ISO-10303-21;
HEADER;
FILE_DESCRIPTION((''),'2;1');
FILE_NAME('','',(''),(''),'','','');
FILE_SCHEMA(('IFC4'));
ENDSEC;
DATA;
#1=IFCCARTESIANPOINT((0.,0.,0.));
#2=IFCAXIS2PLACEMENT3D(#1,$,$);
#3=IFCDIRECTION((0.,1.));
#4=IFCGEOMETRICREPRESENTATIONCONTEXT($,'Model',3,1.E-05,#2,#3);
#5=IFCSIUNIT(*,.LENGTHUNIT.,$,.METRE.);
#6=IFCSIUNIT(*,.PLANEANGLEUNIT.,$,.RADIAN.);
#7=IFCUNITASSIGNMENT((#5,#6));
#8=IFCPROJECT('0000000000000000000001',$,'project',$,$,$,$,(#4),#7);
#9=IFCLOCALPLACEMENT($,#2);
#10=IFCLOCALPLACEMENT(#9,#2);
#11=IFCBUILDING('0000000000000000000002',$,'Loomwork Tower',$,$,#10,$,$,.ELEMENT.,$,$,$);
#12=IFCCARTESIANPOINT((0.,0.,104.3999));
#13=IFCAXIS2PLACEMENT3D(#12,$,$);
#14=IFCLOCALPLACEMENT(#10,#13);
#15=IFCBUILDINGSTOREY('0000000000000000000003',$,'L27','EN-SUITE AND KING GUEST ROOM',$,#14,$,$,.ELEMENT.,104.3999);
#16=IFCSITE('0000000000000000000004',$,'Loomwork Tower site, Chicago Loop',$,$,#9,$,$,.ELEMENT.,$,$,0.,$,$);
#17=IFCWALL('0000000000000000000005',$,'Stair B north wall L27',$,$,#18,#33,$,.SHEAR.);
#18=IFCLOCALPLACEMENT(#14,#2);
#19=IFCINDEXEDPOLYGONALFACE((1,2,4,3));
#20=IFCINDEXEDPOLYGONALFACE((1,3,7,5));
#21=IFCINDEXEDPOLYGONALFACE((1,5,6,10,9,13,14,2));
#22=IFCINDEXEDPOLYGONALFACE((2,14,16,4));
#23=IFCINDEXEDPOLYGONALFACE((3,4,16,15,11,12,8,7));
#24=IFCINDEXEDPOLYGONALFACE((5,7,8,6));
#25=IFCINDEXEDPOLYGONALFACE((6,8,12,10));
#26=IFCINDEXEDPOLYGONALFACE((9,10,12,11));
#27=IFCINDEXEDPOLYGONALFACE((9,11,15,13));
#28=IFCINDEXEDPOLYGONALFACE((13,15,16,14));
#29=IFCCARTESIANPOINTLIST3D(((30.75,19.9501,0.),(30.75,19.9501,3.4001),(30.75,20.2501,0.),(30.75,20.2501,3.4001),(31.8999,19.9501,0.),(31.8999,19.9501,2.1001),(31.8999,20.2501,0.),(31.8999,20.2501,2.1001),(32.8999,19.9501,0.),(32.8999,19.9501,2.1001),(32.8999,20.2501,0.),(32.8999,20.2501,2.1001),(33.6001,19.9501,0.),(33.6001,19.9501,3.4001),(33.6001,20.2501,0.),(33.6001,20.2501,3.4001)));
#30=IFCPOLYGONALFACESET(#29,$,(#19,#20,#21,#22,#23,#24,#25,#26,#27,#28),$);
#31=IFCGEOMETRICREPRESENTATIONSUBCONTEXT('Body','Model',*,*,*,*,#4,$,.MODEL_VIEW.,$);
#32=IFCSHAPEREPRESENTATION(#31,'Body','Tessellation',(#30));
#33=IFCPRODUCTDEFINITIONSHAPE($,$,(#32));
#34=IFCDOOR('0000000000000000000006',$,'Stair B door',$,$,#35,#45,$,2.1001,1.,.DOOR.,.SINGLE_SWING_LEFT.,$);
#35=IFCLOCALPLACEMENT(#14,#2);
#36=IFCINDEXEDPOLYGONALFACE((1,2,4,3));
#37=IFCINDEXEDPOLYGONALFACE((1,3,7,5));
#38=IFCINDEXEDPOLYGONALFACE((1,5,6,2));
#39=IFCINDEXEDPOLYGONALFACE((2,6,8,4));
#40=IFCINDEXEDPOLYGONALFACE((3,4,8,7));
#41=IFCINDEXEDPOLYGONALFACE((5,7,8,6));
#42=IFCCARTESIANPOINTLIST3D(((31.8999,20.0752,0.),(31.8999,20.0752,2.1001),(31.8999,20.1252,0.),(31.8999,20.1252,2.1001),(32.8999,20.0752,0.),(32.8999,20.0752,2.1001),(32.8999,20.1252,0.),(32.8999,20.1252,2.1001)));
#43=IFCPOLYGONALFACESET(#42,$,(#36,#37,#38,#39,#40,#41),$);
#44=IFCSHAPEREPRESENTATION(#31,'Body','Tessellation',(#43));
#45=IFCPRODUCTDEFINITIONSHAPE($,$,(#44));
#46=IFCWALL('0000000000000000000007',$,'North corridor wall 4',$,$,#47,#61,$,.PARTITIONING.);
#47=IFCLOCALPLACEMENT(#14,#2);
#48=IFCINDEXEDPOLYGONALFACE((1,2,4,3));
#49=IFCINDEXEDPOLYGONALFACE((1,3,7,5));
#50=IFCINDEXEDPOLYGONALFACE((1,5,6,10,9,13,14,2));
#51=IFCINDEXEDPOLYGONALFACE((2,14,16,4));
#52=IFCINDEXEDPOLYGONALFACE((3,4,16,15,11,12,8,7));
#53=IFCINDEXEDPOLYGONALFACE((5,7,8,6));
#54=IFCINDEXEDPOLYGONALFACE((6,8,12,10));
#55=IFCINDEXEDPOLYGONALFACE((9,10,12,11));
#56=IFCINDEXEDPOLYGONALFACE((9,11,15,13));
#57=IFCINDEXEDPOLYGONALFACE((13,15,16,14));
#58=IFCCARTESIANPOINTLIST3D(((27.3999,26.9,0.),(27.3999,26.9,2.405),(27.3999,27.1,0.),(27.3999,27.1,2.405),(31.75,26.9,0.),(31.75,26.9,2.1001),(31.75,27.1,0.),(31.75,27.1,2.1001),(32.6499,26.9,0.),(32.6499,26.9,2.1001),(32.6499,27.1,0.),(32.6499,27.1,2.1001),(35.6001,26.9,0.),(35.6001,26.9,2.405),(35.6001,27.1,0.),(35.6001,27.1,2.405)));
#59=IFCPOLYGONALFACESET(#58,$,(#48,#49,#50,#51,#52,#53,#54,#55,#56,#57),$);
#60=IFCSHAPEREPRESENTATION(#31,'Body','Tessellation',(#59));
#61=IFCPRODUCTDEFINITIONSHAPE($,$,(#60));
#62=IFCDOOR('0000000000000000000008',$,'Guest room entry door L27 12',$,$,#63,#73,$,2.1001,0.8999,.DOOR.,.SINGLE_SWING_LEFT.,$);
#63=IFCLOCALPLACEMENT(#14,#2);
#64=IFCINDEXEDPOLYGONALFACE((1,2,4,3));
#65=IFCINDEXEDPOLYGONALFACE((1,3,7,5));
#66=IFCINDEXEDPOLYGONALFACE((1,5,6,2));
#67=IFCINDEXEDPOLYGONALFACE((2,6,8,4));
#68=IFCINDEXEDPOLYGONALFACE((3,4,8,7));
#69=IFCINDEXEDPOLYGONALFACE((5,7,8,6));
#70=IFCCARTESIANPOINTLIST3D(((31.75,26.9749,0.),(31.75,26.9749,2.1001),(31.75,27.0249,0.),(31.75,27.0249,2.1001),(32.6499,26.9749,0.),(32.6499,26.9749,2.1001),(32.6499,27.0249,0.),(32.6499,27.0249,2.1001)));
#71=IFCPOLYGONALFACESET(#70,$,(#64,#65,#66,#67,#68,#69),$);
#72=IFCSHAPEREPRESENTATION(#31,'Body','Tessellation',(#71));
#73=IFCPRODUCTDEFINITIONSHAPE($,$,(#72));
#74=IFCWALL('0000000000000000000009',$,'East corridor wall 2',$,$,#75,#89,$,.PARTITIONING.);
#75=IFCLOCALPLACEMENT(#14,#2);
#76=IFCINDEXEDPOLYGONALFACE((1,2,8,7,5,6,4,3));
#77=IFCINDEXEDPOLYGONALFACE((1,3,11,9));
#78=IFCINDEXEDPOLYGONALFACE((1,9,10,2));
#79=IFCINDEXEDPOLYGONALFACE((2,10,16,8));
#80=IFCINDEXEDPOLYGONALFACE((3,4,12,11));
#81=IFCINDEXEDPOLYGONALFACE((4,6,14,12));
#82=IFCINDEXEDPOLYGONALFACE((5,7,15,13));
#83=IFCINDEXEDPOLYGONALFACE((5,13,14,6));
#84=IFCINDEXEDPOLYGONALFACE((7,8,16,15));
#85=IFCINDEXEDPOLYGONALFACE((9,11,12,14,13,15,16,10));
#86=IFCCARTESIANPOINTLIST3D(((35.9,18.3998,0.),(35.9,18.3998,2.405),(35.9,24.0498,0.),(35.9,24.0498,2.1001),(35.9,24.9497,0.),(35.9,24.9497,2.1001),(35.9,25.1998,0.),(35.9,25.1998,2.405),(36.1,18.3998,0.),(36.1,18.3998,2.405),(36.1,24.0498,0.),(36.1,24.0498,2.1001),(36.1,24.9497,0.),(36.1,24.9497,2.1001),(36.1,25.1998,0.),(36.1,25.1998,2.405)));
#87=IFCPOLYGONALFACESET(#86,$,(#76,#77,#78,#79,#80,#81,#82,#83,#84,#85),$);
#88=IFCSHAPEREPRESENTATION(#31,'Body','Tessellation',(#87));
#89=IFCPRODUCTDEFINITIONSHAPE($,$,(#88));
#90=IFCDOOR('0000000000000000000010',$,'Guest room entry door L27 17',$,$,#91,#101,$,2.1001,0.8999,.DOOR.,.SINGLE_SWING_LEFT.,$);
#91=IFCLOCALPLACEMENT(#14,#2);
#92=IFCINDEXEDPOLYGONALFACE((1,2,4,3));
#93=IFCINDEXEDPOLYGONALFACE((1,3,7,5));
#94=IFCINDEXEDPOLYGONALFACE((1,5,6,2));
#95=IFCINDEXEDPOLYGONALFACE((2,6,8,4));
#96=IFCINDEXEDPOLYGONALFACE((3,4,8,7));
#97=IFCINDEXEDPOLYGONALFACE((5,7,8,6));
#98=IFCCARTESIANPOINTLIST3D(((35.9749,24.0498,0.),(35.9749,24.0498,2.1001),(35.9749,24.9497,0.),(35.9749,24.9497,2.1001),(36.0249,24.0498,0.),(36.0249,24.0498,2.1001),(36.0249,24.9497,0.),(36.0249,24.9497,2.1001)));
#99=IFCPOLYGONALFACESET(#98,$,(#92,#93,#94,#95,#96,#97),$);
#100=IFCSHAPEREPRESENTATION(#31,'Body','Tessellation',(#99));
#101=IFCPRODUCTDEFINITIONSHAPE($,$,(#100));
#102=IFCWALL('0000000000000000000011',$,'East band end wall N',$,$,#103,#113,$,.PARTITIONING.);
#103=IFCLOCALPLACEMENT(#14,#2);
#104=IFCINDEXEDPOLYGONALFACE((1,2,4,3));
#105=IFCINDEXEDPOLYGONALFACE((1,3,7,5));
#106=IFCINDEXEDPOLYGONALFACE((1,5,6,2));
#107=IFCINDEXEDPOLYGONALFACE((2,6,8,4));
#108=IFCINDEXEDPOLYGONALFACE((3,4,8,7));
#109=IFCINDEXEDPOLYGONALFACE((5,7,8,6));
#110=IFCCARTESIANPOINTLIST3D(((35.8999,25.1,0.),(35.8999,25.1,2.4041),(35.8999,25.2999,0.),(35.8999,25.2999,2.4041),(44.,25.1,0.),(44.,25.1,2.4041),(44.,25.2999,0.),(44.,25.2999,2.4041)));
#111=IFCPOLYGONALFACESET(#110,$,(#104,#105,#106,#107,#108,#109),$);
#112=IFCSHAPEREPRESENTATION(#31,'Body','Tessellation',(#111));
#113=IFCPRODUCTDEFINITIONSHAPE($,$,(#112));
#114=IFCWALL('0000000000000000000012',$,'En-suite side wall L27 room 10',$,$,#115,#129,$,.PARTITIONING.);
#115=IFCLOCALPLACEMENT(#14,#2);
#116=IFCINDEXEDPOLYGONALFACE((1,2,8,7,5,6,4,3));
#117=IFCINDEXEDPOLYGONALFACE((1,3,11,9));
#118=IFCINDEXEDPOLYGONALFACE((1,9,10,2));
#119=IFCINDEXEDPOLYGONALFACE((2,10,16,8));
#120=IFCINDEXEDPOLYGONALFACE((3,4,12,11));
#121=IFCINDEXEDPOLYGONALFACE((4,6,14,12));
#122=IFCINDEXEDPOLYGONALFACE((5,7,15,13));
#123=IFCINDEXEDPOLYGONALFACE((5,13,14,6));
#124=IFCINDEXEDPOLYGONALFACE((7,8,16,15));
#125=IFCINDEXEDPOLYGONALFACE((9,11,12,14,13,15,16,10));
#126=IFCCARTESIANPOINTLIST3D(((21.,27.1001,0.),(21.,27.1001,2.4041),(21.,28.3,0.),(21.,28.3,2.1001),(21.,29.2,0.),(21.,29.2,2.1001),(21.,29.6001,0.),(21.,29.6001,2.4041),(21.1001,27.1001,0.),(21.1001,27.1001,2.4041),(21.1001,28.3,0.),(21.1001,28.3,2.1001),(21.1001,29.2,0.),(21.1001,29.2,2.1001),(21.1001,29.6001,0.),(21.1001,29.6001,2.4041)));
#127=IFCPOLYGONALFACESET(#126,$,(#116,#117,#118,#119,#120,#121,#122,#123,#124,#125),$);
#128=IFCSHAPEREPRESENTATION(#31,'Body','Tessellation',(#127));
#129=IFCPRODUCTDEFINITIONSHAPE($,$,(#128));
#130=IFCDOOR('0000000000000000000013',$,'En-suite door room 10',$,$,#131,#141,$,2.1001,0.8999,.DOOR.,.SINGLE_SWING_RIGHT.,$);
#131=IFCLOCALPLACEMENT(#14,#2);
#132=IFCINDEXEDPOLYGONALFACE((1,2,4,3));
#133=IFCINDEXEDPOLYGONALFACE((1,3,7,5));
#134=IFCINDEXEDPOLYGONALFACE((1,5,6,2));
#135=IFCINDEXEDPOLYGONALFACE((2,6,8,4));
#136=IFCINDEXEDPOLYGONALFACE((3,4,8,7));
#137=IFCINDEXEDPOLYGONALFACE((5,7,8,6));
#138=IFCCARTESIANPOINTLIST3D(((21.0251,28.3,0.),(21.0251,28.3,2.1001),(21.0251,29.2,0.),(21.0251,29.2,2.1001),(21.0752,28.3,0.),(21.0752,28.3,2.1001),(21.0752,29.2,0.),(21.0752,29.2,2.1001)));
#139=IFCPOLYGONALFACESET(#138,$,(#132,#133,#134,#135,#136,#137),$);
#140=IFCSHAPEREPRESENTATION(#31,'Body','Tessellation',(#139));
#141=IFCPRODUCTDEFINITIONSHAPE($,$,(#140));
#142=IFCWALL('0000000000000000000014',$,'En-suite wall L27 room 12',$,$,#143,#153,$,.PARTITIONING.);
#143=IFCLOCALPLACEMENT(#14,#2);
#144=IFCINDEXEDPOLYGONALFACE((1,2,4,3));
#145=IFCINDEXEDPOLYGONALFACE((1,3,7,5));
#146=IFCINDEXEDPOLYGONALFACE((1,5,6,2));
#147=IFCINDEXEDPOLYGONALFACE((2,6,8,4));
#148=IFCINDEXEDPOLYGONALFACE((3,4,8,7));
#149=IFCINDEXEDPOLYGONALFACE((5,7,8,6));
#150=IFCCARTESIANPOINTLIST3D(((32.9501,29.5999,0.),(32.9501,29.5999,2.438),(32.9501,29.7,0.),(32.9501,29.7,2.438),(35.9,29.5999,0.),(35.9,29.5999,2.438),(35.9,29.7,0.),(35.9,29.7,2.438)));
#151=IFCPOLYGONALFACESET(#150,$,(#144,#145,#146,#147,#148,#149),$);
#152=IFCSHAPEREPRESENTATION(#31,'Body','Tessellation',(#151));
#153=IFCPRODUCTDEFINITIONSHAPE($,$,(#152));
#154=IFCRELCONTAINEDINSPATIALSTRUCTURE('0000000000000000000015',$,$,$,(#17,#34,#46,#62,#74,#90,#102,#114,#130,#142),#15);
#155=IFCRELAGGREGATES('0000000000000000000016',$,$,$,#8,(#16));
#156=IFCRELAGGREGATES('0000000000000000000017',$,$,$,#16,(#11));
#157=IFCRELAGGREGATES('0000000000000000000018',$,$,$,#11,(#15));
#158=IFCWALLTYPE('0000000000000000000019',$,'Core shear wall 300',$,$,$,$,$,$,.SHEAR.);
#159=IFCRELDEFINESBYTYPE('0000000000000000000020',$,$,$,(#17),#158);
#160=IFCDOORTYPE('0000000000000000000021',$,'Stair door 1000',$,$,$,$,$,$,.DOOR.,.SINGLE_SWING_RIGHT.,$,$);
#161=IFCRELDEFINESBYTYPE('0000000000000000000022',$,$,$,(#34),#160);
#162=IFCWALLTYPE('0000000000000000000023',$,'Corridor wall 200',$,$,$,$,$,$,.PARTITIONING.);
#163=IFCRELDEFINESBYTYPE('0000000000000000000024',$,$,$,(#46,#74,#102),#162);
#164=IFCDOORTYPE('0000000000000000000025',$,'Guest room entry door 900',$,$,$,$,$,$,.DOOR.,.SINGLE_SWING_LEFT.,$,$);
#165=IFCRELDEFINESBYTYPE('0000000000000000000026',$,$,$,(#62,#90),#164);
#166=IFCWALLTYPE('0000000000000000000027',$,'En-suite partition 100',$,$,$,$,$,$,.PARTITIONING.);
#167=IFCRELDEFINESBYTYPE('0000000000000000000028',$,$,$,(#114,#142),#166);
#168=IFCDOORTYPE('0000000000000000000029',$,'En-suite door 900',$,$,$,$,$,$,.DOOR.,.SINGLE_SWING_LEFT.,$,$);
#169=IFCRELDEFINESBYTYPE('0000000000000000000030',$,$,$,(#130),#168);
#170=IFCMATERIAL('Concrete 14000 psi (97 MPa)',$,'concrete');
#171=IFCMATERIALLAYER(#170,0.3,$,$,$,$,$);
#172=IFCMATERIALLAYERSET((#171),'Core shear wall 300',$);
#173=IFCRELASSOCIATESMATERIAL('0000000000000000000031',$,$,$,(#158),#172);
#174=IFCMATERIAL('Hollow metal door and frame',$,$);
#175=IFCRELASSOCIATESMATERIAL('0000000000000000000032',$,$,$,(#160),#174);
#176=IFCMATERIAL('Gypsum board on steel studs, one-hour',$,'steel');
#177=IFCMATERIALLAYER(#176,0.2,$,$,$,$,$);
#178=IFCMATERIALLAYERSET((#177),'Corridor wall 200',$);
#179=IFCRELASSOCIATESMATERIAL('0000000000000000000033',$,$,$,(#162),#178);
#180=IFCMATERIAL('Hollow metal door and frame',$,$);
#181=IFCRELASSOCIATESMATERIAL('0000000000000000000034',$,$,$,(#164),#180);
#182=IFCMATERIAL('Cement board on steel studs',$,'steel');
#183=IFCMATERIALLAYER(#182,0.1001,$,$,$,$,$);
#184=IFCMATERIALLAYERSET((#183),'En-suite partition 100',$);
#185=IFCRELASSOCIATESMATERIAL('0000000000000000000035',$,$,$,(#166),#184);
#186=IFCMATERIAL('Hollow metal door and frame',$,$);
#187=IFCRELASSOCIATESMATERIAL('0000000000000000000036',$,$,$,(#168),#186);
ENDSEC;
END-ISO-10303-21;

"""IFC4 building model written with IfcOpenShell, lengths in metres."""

from ifc_helpers import new_model, si_unit, direction, frame, frame_2d, origin, place, context, subcontext, project, spatial, rectangle, extrude, material, layer, layer_set, type_object, element, fill, save


model = new_model("IFC4")

# Units and contexts
model_context = context("Model", 3, precision=1e-05, world=origin(), true_north=direction((0.0, 1.0)))
body_context = subcontext(model_context, "Body", "Model", "MODEL_VIEW")
ifc_project = project(units=[si_unit("LENGTHUNIT", "METRE"), si_unit("PLANEANGLEUNIT", "RADIAN")], contexts=[model_context])

# Site, building, storey
site_placement = place(None, origin())
site = spatial("IfcSite", under=ifc_project, at=site_placement, Name="Loomwork Tower site, Chicago Loop", CompositionType="ELEMENT", RefElevation=0.0)
building_placement = place(site_placement, origin())
building = spatial("IfcBuilding", under=site, at=building_placement, Name="Loomwork Tower", CompositionType="ELEMENT")
storey_placement = place(building_placement, frame((0.0, 0.0, 104.3999)))
storey = spatial("IfcBuildingStorey", under=building, at=storey_placement, Name="L27", Description="EN-SUITE AND KING GUEST ROOM", CompositionType="ELEMENT", Elevation=104.3999)

# Shared definitions
ifc_material_1 = material(Name="Concrete 14000 psi (97 MPa)", Category="concrete")
ifc_layer_1 = layer(ifc_material_1, 0.3)
ifc_layer_set_1 = layer_set([ifc_layer_1], Name="Core shear wall 300")
wall_type_1 = type_object("IfcWallType", Name="Core shear wall 300", PredefinedType="SHEAR", material=ifc_layer_set_1)

# Walls, openings, doors
wall_1_placement = place(storey_placement, frame((30.75, 20.1001, 0.0), z_axis=(0.0, 0.0, 1.0), x_axis=(1.0, 0.0, 0.0)))
wall_1 = element("IfcWall", 1, at=wall_1_placement, inside=storey, type_object=wall_type_1, Name="Stair B north wall L27", PredefinedType="SHEAR", context=body_context, shape_type="SweptSolid", body=[
    extrude(rectangle(XDim=2.8501, YDim=0.3, at=frame_2d((1.425, 0.0))), origin(), (0.0, 0.0, 1.0), 3.4001),
])
opening_1_placement = place(wall_1_placement, frame((1.1499, 0.0, 0.0)))
opening_1 = element("IfcOpeningElement", 2, at=opening_1_placement, cuts=wall_1, PredefinedType="OPENING", context=body_context, shape_type="SweptSolid", body=[
    extrude(rectangle(XDim=1.0, YDim=2.1001, at=frame_2d((0.5, 1.05))), frame((0.0, 0.1599, 0.0), z_axis=(0.0, -1.0, 0.0), x_axis=(1.0, 0.0, 0.0)), (0.0, 0.0, 1.0), 0.3201),
])
ifc_material_2 = material(Name="Hollow metal door and frame")
door_type_1 = type_object("IfcDoorType", Name="Stair door 1000", OperationType="SINGLE_SWING_RIGHT", PredefinedType="DOOR", material=ifc_material_2)
door_1_placement = place(opening_1_placement, frame((1.0, 0.0, 0.0), z_axis=(0.0, 0.0, 1.0), x_axis=(-1.0, 0.0, 0.0)))
door_1 = element("IfcDoor", 3, at=door_1_placement, inside=storey, type_object=door_type_1, Name="Stair B door", OperationType="SINGLE_SWING_LEFT", OverallHeight=2.1001, OverallWidth=1.0, PredefinedType="DOOR", context=body_context, shape_type="SweptSolid", body=[
    extrude(rectangle(XDim=1.0, YDim=2.1001, at=frame_2d((0.5, 1.05))), frame((0.0, 0.0249, 0.0), z_axis=(0.0, -1.0, 0.0), x_axis=(1.0, 0.0, 0.0)), (0.0, 0.0, 1.0), 0.05),
])
fill(opening_1, door_1)
ifc_material_3 = material(Name="Gypsum board on steel studs, one-hour", Category="steel")
ifc_layer_2 = layer(ifc_material_3, 0.2)
ifc_layer_set_2 = layer_set([ifc_layer_2], Name="Corridor wall 200")
wall_type_2 = type_object("IfcWallType", Name="Corridor wall 200", PredefinedType="PARTITIONING", material=ifc_layer_set_2)
wall_2_placement = place(storey_placement, frame((27.3999, 27.0, 0.0), z_axis=(0.0, 0.0, 1.0), x_axis=(1.0, 0.0, 0.0)))
wall_2 = element("IfcWall", 4, at=wall_2_placement, inside=storey, type_object=wall_type_2, Name="North corridor wall 4", PredefinedType="PARTITIONING", context=body_context, shape_type="SweptSolid", body=[
    extrude(rectangle(XDim=8.2002, YDim=0.2, at=frame_2d((4.1001, 0.0))), origin(), (0.0, 0.0, 1.0), 2.405),
])
opening_2_placement = place(wall_2_placement, frame((4.3501, 0.0, 0.0)))
opening_2 = element("IfcOpeningElement", 5, at=opening_2_placement, cuts=wall_2, PredefinedType="OPENING", context=body_context, shape_type="SweptSolid", body=[
    extrude(rectangle(XDim=0.8999, YDim=2.1001, at=frame_2d((0.45, 1.05))), frame((0.0, 0.1099, 0.0), z_axis=(0.0, -1.0, 0.0), x_axis=(1.0, 0.0, 0.0)), (0.0, 0.0, 1.0), 0.22),
])
ifc_material_4 = material(Name="Hollow metal door and frame")
door_type_2 = type_object("IfcDoorType", Name="Guest room entry door 900", OperationType="SINGLE_SWING_LEFT", PredefinedType="DOOR", material=ifc_material_4)
door_2_placement = place(opening_2_placement, origin())
door_2 = element("IfcDoor", 6, at=door_2_placement, inside=storey, type_object=door_type_2, Name="Guest room entry door L27 12", OperationType="SINGLE_SWING_LEFT", OverallHeight=2.1001, OverallWidth=0.8999, PredefinedType="DOOR", context=body_context, shape_type="SweptSolid", body=[
    extrude(rectangle(XDim=0.8999, YDim=2.1001, at=frame_2d((0.45, 1.05))), frame((0.0, 0.0249, 0.0), z_axis=(0.0, -1.0, 0.0), x_axis=(1.0, 0.0, 0.0)), (0.0, 0.0, 1.0), 0.05),
])
fill(opening_2, door_2)
wall_3_placement = place(storey_placement, frame((36.0, 18.3999, 0.0), z_axis=(0.0, 0.0, 1.0), x_axis=(0.0, 1.0, 0.0)))
wall_3 = element("IfcWall", 7, at=wall_3_placement, inside=storey, type_object=wall_type_2, Name="East corridor wall 2", PredefinedType="PARTITIONING", context=body_context, shape_type="SweptSolid", body=[
    extrude(rectangle(XDim=6.8, YDim=0.2, at=frame_2d((3.3999, 0.0))), origin(), (0.0, 0.0, 1.0), 2.405),
])
opening_3_placement = place(wall_3_placement, frame((5.6499, 0.0, 0.0)))
opening_3 = element("IfcOpeningElement", 8, at=opening_3_placement, cuts=wall_3, PredefinedType="OPENING", context=body_context, shape_type="SweptSolid", body=[
    extrude(rectangle(XDim=0.8999, YDim=2.1001, at=frame_2d((0.45, 1.05))), frame((0.0, 0.1099, 0.0), z_axis=(0.0, -1.0, 0.0), x_axis=(1.0, 0.0, 0.0)), (0.0, 0.0, 1.0), 0.22),
])
door_3_placement = place(opening_3_placement, frame((0.8999, 0.0, 0.0), z_axis=(0.0, 0.0, 1.0), x_axis=(-1.0, 0.0, 0.0)))
door_3 = element("IfcDoor", 9, at=door_3_placement, inside=storey, type_object=door_type_2, Name="Guest room entry door L27 17", OperationType="SINGLE_SWING_LEFT", OverallHeight=2.1001, OverallWidth=0.8999, PredefinedType="DOOR", context=body_context, shape_type="SweptSolid", body=[
    extrude(rectangle(XDim=0.8999, YDim=2.1001, at=frame_2d((0.45, 1.05))), frame((0.0, 0.0249, 0.0), z_axis=(0.0, -1.0, 0.0), x_axis=(1.0, 0.0, 0.0)), (0.0, 0.0, 1.0), 0.05),
])
fill(opening_3, door_3)

# Wall
wall_4_placement = place(storey_placement, frame((35.8999, 25.2, 0.0), z_axis=(0.0, 0.0, 1.0), x_axis=(1.0, 0.0, 0.0)))
element("IfcWall", 10, at=wall_4_placement, inside=storey, type_object=wall_type_2, Name="East band end wall N", PredefinedType="PARTITIONING", context=body_context, shape_type="SweptSolid", body=[
    extrude(rectangle(XDim=8.1001, YDim=0.2, at=frame_2d((4.05, 0.0))), origin(), (0.0, 0.0, 1.0), 2.4041),
])

# Wall, opening, door
ifc_material_5 = material(Name="Cement board on steel studs", Category="steel")
ifc_layer_3 = layer(ifc_material_5, 0.1001)
ifc_layer_set_3 = layer_set([ifc_layer_3], Name="En-suite partition 100")
wall_type_3 = type_object("IfcWallType", Name="En-suite partition 100", PredefinedType="PARTITIONING", material=ifc_layer_set_3)
wall_5_placement = place(storey_placement, frame((21.05, 27.1001, 0.0), z_axis=(0.0, 0.0, 1.0), x_axis=(0.0, 1.0, 0.0)))
wall_5 = element("IfcWall", 11, at=wall_5_placement, inside=storey, type_object=wall_type_3, Name="En-suite side wall L27 room 10", PredefinedType="PARTITIONING", context=body_context, shape_type="SweptSolid", body=[
    extrude(rectangle(XDim=2.5, YDim=0.1001, at=frame_2d((1.25, 0.0))), origin(), (0.0, 0.0, 1.0), 2.4041),
])
opening_4_placement = place(wall_5_placement, frame((1.2, 0.0, 0.0)))
opening_4 = element("IfcOpeningElement", 12, at=opening_4_placement, cuts=wall_5, PredefinedType="OPENING", context=body_context, shape_type="SweptSolid", body=[
    extrude(rectangle(XDim=0.8999, YDim=2.1001, at=frame_2d((0.45, 1.05))), frame((0.0, 0.0601, 0.0), z_axis=(0.0, -1.0, 0.0), x_axis=(1.0, 0.0, 0.0)), (0.0, 0.0, 1.0), 0.1201),
])
ifc_material_6 = material(Name="Hollow metal door and frame")
door_type_3 = type_object("IfcDoorType", Name="En-suite door 900", OperationType="SINGLE_SWING_LEFT", PredefinedType="DOOR", material=ifc_material_6)
door_4_placement = place(opening_4_placement, origin())
door_4 = element("IfcDoor", 13, at=door_4_placement, inside=storey, type_object=door_type_3, Name="En-suite door room 10", OperationType="SINGLE_SWING_RIGHT", OverallHeight=2.1001, OverallWidth=0.8999, PredefinedType="DOOR", context=body_context, shape_type="SweptSolid", body=[
    extrude(rectangle(XDim=0.8999, YDim=2.1001, at=frame_2d((0.45, 1.05))), frame((0.0, 0.0249, 0.0), z_axis=(0.0, -1.0, 0.0), x_axis=(1.0, 0.0, 0.0)), (0.0, 0.0, 1.0), 0.05),
])
fill(opening_4, door_4)

# Wall
wall_6_placement = place(storey_placement, frame((32.95, 29.6499, 0.0), z_axis=(0.0, 0.0, 1.0), x_axis=(1.0, 0.0, 0.0)))
element("IfcWall", 14, at=wall_6_placement, inside=storey, type_object=wall_type_3, Name="En-suite wall L27 room 12", PredefinedType="PARTITIONING", context=body_context, shape_type="SweptSolid", body=[
    extrude(rectangle(XDim=2.95, YDim=0.1001, at=frame_2d((1.4751, 0.0))), origin(), (0.0, 0.0, 1.0), 2.438),
])

save(model, "model.ifc")
